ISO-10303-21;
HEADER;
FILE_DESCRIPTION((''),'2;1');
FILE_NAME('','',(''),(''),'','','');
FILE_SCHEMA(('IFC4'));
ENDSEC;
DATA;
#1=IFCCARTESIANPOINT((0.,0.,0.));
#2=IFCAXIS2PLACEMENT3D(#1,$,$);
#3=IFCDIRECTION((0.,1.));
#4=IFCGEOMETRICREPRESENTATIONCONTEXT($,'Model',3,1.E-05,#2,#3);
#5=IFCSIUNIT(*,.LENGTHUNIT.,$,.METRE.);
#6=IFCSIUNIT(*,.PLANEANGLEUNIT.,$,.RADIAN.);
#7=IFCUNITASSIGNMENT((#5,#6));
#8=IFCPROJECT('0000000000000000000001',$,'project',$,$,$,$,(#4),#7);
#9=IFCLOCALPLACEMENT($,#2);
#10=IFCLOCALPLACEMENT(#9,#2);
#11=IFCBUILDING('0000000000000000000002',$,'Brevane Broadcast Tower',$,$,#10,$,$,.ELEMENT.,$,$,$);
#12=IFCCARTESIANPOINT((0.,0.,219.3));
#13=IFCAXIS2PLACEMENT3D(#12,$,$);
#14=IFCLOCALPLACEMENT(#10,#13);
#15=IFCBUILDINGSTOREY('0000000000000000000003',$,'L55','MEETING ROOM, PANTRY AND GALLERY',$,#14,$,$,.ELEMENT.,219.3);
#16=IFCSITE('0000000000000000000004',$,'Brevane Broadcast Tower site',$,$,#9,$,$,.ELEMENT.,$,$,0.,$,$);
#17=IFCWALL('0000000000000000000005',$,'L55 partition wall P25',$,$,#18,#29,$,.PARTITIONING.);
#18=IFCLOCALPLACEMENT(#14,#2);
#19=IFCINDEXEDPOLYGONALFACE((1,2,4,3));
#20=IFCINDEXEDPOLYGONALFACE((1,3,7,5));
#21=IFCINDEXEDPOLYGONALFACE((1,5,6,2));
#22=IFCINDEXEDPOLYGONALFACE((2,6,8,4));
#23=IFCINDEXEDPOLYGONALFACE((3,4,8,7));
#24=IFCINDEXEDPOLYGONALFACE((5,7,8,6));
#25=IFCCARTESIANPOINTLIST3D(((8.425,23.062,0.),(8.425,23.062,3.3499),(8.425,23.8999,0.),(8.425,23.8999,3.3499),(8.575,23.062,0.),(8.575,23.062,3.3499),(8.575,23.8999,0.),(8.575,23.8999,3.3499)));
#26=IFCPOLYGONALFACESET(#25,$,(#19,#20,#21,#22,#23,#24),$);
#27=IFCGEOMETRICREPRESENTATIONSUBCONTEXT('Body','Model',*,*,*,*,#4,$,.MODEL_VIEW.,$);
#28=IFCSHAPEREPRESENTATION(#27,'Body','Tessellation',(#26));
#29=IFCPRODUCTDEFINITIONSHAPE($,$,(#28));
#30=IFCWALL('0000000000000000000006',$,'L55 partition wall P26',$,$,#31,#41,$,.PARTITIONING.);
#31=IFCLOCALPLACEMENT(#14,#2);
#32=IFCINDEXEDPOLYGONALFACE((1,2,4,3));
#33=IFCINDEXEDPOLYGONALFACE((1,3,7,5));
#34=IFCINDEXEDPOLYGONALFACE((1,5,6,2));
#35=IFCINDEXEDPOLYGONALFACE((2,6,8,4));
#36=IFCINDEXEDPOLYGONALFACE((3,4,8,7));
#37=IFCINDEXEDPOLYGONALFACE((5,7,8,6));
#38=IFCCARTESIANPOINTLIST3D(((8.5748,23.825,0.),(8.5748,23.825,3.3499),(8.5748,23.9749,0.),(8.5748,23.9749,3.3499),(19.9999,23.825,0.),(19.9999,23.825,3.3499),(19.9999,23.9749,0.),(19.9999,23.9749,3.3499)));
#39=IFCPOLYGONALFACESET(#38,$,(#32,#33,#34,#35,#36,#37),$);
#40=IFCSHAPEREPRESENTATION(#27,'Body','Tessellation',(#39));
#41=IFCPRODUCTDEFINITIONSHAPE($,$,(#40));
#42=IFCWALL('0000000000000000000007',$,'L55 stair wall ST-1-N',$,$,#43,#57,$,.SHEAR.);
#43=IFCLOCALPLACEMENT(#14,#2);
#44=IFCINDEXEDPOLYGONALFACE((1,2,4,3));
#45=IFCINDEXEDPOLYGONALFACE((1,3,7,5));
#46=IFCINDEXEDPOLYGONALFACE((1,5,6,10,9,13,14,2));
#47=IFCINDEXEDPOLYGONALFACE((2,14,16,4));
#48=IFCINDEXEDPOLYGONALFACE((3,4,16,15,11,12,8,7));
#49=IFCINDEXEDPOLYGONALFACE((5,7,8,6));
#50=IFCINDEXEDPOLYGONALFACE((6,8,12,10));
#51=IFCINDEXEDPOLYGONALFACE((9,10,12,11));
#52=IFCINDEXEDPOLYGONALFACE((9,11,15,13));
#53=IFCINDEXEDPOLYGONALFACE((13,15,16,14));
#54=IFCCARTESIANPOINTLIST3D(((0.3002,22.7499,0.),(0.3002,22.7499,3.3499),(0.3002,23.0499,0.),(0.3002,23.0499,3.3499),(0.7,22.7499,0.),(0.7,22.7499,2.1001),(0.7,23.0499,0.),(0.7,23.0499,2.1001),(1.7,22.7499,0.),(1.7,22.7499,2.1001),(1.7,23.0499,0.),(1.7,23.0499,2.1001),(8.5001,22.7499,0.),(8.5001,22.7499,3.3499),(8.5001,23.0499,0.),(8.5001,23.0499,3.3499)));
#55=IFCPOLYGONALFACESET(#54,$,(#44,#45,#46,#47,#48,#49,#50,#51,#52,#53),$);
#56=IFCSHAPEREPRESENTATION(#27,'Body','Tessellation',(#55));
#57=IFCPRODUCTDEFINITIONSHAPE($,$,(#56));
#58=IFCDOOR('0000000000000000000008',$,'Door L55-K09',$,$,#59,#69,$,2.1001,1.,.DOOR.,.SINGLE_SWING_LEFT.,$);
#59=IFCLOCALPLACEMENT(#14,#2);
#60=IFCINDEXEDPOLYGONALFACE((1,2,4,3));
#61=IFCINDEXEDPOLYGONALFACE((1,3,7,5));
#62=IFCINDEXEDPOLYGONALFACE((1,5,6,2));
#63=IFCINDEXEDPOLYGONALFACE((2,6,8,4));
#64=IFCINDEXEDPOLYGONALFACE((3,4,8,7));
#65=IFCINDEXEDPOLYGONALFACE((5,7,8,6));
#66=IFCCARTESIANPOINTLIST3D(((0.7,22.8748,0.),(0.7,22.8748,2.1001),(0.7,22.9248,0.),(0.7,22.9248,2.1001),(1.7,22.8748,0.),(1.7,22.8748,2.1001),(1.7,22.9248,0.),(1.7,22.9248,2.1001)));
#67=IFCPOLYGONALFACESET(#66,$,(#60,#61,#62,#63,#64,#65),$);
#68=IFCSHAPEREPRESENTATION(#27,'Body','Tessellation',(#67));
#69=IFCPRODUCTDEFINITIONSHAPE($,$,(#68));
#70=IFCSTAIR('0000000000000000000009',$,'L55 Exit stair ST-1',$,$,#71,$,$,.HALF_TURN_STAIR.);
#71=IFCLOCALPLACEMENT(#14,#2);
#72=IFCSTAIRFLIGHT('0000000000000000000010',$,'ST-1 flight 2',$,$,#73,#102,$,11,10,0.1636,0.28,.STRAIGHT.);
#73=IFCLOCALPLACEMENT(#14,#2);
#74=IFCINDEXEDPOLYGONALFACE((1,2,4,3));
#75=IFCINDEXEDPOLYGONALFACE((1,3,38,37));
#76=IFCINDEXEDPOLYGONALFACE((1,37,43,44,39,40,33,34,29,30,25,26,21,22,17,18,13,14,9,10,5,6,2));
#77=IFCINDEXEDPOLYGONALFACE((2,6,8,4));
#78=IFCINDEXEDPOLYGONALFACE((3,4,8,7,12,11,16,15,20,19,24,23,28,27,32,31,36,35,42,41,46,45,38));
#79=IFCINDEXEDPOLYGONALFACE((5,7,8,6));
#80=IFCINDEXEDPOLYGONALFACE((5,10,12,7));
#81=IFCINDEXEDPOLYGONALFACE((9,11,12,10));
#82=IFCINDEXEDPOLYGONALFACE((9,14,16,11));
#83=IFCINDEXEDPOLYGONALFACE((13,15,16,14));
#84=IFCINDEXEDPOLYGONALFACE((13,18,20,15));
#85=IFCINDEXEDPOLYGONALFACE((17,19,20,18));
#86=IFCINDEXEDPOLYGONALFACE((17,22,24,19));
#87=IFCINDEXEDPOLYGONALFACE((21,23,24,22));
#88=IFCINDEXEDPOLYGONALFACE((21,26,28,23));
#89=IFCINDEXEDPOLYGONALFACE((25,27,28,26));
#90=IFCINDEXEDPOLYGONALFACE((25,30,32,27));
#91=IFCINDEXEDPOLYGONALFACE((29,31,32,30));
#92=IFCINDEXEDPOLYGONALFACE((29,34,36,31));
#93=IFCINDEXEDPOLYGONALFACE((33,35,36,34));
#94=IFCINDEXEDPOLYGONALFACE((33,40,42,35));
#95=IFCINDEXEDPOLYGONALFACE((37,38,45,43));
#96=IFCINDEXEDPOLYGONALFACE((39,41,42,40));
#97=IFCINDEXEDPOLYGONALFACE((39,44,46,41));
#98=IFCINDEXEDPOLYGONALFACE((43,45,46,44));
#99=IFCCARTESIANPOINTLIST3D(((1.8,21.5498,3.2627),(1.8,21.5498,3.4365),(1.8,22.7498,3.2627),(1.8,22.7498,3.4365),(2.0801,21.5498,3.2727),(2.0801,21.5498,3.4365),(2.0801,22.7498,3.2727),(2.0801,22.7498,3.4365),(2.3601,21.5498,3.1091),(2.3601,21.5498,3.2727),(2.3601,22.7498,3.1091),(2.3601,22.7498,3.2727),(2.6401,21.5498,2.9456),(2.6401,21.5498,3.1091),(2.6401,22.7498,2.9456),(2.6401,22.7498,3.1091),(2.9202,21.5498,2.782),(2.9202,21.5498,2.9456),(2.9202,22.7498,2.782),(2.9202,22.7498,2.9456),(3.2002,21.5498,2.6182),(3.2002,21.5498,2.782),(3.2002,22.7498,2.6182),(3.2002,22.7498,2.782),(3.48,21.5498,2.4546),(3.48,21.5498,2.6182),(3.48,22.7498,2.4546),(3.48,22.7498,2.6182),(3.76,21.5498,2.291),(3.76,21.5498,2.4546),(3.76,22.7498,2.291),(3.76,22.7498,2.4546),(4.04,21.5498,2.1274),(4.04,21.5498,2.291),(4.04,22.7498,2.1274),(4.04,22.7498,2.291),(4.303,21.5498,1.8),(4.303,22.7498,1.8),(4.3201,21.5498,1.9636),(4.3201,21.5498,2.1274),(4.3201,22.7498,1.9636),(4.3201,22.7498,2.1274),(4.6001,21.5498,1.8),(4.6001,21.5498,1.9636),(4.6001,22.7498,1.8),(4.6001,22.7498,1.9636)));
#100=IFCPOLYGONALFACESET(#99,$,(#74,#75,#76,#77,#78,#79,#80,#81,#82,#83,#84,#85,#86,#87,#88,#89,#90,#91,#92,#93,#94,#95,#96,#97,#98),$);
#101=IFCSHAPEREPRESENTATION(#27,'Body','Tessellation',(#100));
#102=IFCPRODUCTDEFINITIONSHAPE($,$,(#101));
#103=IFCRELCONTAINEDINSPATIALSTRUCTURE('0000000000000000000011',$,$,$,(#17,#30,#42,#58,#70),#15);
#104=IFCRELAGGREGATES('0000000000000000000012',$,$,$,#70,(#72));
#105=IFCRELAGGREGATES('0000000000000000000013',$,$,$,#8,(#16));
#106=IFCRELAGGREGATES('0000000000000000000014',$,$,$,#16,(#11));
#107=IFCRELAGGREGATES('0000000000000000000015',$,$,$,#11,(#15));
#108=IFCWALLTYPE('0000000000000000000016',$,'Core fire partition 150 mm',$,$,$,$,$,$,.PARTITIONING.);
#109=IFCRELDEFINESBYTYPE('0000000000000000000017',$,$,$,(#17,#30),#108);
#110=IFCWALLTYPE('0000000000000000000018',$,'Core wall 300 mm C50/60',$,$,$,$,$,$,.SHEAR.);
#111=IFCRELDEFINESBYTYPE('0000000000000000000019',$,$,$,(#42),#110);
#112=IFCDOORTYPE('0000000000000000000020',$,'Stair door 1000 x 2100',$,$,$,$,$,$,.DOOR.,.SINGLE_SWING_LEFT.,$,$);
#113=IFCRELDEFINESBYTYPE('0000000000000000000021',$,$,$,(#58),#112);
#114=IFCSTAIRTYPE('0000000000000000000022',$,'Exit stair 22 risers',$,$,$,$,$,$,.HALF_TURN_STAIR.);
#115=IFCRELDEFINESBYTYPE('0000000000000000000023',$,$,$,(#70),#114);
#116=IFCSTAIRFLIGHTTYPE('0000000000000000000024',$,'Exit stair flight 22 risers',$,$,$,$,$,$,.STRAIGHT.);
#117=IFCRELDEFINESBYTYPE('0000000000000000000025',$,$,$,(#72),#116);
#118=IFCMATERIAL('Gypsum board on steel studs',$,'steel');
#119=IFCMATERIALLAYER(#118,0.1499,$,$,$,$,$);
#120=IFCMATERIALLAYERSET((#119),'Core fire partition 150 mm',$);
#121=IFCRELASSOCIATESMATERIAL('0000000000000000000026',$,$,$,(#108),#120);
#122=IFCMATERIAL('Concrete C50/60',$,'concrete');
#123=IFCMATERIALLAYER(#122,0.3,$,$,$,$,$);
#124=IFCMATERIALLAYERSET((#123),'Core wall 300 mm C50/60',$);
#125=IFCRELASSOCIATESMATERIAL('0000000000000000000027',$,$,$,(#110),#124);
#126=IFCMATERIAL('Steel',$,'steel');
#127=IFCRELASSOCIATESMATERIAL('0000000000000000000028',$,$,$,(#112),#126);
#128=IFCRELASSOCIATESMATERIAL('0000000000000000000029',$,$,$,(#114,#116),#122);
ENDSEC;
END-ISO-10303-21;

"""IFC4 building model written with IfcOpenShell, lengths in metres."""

from ifc_helpers import new_model, si_unit, direction, frame, frame_2d, origin, place, context, subcontext, project, spatial, polyline, rectangle, outline, extrude, material, layer, layer_set, type_object, element, fill, aggregate, save


model = new_model("IFC4")

# Units and contexts
model_context = context("Model", 3, precision=1e-05, world=origin(), true_north=direction((0.0, 1.0)))
body_context = subcontext(model_context, "Body", "Model", "MODEL_VIEW")
ifc_project = project(units=[si_unit("LENGTHUNIT", "METRE"), si_unit("PLANEANGLEUNIT", "RADIAN")], contexts=[model_context])

# Site, building, storey
site_placement = place(None, origin())
site = spatial("IfcSite", under=ifc_project, at=site_placement, Name="Brevane Broadcast Tower site", CompositionType="ELEMENT", RefElevation=0.0)
building_placement = place(site_placement, origin())
building = spatial("IfcBuilding", under=site, at=building_placement, Name="Brevane Broadcast Tower", CompositionType="ELEMENT")
storey_placement = place(building_placement, frame((0.0, 0.0, 219.3)))
storey = spatial("IfcBuildingStorey", under=building, at=storey_placement, Name="L55", Description="MEETING ROOM, PANTRY AND GALLERY", CompositionType="ELEMENT", Elevation=219.3)

# Shared definitions
ifc_material_1 = material(Name="Concrete C50/60", Category="concrete")

# Walls
ifc_material_2 = material(Name="Gypsum board on steel studs", Category="steel")
ifc_layer_1 = layer(ifc_material_2, 0.1499)
ifc_layer_set_1 = layer_set([ifc_layer_1], Name="Core fire partition 150 mm")
wall_type_1 = type_object("IfcWallType", Name="Core fire partition 150 mm", PredefinedType="PARTITIONING", material=ifc_layer_set_1)
wall_1_placement = place(storey_placement, frame((8.5, 23.062, 0.0), z_axis=(0.0, 0.0, 1.0), x_axis=(0.0, 1.0, 0.0)))
element("IfcWall", 1, at=wall_1_placement, inside=storey, type_object=wall_type_1, Name="L55 partition wall P25", PredefinedType="PARTITIONING", context=body_context, shape_type="SweptSolid", body=[
    extrude(rectangle(XDim=0.8379, YDim=0.1499, at=frame_2d((0.4189, 0.0))), origin(), (0.0, 0.0, 1.0), 3.3499),
])
wall_2_placement = place(storey_placement, frame((8.575, 23.8999, 0.0), z_axis=(0.0, 0.0, 1.0), x_axis=(1.0, 0.0, 0.0)))
element("IfcWall", 2, at=wall_2_placement, inside=storey, type_object=wall_type_1, Name="L55 partition wall P26", PredefinedType="PARTITIONING", context=body_context, shape_type="SweptSolid", body=[
    extrude(rectangle(XDim=11.425, YDim=0.1499, at=frame_2d((5.7124, 0.0))), origin(), (0.0, 0.0, 1.0), 3.3499),
])

# Wall, opening, door
ifc_layer_2 = layer(ifc_material_1, 0.3)
ifc_layer_set_2 = layer_set([ifc_layer_2], Name="Core wall 300 mm C50/60")
wall_type_2 = type_object("IfcWallType", Name="Core wall 300 mm C50/60", PredefinedType="SHEAR", material=ifc_layer_set_2)
wall_3_placement = place(storey_placement, frame((0.3, 22.8999, 0.0), z_axis=(0.0, 0.0, 1.0), x_axis=(1.0, 0.0, 0.0)))
wall_3 = element("IfcWall", 3, at=wall_3_placement, inside=storey, type_object=wall_type_2, Name="L55 stair wall ST-1-N", PredefinedType="SHEAR", context=body_context, shape_type="SweptSolid", body=[
    extrude(rectangle(XDim=8.2, YDim=0.3, at=frame_2d((4.1001, 0.0))), origin(), (0.0, 0.0, 1.0), 3.3499),
])
opening_placement = place(wall_3_placement, frame((0.3999, 0.0, 0.0)))
opening = element("IfcOpeningElement", 4, at=opening_placement, cuts=wall_3, PredefinedType="OPENING", context=body_context, shape_type="SweptSolid", body=[
    extrude(rectangle(XDim=1.0, YDim=2.1001, at=frame_2d((0.5, 1.05))), frame((0.0, 0.1599, 0.0), z_axis=(0.0, -1.0, 0.0), x_axis=(1.0, 0.0, 0.0)), (0.0, 0.0, 1.0), 0.3201),
])
ifc_material_3 = material(Name="Steel", Category="steel")
door_type = type_object("IfcDoorType", Name="Stair door 1000 x 2100", OperationType="SINGLE_SWING_LEFT", PredefinedType="DOOR", material=ifc_material_3)
door_placement = place(opening_placement, origin())
door = element("IfcDoor", 5, at=door_placement, inside=storey, type_object=door_type, Name="Door L55-K09", OperationType="SINGLE_SWING_LEFT", OverallHeight=2.1001, OverallWidth=1.0, PredefinedType="DOOR", context=body_context, shape_type="SweptSolid", body=[
    extrude(rectangle(XDim=1.0, YDim=2.1001, at=frame_2d((0.5, 1.05))), frame((0.0, 0.0249, 0.0), z_axis=(0.0, -1.0, 0.0), x_axis=(1.0, 0.0, 0.0)), (0.0, 0.0, 1.0), 0.05),
])
fill(opening, door)

# Stair, stair flight
stair_type = type_object("IfcStairType", Name="Exit stair 22 risers", PredefinedType="HALF_TURN_STAIR", material=ifc_material_1)
stair_placement = place(storey_placement, origin())
stair = element("IfcStair", 6, at=stair_placement, inside=storey, type_object=stair_type, Name="L55 Exit stair ST-1", PredefinedType="HALF_TURN_STAIR")
stair_flight_type = type_object("IfcStairFlightType", Name="Exit stair flight 22 risers", PredefinedType="STRAIGHT", material=ifc_material_1)
stair_flight_placement = place(storey_placement, frame((4.6001, 22.1499, 1.8), z_axis=(0.0, 0.0, 1.0), x_axis=(-1.0, 0.0, 0.0)))
stair_flight = element("IfcStairFlight", 7, at=stair_flight_placement, type_object=stair_flight_type, Name="ST-1 flight 2", NumberOfRisers=11, NumberOfTreads=10, PredefinedType="STRAIGHT", RiserHeight=0.1636, TreadLength=0.28, context=body_context, shape_type="SweptSolid", body=[
    extrude(outline(polyline([(0.0, 0.0), (0.0, 0.1636), (0.28, 0.1636), (0.28, 0.3274), (0.5601, 0.3274), (0.5601, 0.491), (0.8401, 0.491), (0.8401, 0.6545), (1.1201, 0.6545), (1.1201, 0.8181), (1.3999, 0.8181), (1.3999, 0.9819), (1.6799, 0.9819), (1.6799, 1.1455), (1.96, 1.1455), (1.96, 1.3091), (2.24, 1.3091), (2.24, 1.4727), (2.52, 1.4727), (2.52, 1.6365), (2.8, 1.6365), (2.8, 1.8), (2.8, 1.4626), (0.2971, 0.0), (0.0, 0.0)])), frame((0.0, 0.6001, 0.0), z_axis=(0.0, -1.0, 0.0), x_axis=(1.0, 0.0, 0.0)), (0.0, 0.0, 1.0), 1.2),
])
aggregate(stair, [stair_flight])

save(model, "model.ifc")
